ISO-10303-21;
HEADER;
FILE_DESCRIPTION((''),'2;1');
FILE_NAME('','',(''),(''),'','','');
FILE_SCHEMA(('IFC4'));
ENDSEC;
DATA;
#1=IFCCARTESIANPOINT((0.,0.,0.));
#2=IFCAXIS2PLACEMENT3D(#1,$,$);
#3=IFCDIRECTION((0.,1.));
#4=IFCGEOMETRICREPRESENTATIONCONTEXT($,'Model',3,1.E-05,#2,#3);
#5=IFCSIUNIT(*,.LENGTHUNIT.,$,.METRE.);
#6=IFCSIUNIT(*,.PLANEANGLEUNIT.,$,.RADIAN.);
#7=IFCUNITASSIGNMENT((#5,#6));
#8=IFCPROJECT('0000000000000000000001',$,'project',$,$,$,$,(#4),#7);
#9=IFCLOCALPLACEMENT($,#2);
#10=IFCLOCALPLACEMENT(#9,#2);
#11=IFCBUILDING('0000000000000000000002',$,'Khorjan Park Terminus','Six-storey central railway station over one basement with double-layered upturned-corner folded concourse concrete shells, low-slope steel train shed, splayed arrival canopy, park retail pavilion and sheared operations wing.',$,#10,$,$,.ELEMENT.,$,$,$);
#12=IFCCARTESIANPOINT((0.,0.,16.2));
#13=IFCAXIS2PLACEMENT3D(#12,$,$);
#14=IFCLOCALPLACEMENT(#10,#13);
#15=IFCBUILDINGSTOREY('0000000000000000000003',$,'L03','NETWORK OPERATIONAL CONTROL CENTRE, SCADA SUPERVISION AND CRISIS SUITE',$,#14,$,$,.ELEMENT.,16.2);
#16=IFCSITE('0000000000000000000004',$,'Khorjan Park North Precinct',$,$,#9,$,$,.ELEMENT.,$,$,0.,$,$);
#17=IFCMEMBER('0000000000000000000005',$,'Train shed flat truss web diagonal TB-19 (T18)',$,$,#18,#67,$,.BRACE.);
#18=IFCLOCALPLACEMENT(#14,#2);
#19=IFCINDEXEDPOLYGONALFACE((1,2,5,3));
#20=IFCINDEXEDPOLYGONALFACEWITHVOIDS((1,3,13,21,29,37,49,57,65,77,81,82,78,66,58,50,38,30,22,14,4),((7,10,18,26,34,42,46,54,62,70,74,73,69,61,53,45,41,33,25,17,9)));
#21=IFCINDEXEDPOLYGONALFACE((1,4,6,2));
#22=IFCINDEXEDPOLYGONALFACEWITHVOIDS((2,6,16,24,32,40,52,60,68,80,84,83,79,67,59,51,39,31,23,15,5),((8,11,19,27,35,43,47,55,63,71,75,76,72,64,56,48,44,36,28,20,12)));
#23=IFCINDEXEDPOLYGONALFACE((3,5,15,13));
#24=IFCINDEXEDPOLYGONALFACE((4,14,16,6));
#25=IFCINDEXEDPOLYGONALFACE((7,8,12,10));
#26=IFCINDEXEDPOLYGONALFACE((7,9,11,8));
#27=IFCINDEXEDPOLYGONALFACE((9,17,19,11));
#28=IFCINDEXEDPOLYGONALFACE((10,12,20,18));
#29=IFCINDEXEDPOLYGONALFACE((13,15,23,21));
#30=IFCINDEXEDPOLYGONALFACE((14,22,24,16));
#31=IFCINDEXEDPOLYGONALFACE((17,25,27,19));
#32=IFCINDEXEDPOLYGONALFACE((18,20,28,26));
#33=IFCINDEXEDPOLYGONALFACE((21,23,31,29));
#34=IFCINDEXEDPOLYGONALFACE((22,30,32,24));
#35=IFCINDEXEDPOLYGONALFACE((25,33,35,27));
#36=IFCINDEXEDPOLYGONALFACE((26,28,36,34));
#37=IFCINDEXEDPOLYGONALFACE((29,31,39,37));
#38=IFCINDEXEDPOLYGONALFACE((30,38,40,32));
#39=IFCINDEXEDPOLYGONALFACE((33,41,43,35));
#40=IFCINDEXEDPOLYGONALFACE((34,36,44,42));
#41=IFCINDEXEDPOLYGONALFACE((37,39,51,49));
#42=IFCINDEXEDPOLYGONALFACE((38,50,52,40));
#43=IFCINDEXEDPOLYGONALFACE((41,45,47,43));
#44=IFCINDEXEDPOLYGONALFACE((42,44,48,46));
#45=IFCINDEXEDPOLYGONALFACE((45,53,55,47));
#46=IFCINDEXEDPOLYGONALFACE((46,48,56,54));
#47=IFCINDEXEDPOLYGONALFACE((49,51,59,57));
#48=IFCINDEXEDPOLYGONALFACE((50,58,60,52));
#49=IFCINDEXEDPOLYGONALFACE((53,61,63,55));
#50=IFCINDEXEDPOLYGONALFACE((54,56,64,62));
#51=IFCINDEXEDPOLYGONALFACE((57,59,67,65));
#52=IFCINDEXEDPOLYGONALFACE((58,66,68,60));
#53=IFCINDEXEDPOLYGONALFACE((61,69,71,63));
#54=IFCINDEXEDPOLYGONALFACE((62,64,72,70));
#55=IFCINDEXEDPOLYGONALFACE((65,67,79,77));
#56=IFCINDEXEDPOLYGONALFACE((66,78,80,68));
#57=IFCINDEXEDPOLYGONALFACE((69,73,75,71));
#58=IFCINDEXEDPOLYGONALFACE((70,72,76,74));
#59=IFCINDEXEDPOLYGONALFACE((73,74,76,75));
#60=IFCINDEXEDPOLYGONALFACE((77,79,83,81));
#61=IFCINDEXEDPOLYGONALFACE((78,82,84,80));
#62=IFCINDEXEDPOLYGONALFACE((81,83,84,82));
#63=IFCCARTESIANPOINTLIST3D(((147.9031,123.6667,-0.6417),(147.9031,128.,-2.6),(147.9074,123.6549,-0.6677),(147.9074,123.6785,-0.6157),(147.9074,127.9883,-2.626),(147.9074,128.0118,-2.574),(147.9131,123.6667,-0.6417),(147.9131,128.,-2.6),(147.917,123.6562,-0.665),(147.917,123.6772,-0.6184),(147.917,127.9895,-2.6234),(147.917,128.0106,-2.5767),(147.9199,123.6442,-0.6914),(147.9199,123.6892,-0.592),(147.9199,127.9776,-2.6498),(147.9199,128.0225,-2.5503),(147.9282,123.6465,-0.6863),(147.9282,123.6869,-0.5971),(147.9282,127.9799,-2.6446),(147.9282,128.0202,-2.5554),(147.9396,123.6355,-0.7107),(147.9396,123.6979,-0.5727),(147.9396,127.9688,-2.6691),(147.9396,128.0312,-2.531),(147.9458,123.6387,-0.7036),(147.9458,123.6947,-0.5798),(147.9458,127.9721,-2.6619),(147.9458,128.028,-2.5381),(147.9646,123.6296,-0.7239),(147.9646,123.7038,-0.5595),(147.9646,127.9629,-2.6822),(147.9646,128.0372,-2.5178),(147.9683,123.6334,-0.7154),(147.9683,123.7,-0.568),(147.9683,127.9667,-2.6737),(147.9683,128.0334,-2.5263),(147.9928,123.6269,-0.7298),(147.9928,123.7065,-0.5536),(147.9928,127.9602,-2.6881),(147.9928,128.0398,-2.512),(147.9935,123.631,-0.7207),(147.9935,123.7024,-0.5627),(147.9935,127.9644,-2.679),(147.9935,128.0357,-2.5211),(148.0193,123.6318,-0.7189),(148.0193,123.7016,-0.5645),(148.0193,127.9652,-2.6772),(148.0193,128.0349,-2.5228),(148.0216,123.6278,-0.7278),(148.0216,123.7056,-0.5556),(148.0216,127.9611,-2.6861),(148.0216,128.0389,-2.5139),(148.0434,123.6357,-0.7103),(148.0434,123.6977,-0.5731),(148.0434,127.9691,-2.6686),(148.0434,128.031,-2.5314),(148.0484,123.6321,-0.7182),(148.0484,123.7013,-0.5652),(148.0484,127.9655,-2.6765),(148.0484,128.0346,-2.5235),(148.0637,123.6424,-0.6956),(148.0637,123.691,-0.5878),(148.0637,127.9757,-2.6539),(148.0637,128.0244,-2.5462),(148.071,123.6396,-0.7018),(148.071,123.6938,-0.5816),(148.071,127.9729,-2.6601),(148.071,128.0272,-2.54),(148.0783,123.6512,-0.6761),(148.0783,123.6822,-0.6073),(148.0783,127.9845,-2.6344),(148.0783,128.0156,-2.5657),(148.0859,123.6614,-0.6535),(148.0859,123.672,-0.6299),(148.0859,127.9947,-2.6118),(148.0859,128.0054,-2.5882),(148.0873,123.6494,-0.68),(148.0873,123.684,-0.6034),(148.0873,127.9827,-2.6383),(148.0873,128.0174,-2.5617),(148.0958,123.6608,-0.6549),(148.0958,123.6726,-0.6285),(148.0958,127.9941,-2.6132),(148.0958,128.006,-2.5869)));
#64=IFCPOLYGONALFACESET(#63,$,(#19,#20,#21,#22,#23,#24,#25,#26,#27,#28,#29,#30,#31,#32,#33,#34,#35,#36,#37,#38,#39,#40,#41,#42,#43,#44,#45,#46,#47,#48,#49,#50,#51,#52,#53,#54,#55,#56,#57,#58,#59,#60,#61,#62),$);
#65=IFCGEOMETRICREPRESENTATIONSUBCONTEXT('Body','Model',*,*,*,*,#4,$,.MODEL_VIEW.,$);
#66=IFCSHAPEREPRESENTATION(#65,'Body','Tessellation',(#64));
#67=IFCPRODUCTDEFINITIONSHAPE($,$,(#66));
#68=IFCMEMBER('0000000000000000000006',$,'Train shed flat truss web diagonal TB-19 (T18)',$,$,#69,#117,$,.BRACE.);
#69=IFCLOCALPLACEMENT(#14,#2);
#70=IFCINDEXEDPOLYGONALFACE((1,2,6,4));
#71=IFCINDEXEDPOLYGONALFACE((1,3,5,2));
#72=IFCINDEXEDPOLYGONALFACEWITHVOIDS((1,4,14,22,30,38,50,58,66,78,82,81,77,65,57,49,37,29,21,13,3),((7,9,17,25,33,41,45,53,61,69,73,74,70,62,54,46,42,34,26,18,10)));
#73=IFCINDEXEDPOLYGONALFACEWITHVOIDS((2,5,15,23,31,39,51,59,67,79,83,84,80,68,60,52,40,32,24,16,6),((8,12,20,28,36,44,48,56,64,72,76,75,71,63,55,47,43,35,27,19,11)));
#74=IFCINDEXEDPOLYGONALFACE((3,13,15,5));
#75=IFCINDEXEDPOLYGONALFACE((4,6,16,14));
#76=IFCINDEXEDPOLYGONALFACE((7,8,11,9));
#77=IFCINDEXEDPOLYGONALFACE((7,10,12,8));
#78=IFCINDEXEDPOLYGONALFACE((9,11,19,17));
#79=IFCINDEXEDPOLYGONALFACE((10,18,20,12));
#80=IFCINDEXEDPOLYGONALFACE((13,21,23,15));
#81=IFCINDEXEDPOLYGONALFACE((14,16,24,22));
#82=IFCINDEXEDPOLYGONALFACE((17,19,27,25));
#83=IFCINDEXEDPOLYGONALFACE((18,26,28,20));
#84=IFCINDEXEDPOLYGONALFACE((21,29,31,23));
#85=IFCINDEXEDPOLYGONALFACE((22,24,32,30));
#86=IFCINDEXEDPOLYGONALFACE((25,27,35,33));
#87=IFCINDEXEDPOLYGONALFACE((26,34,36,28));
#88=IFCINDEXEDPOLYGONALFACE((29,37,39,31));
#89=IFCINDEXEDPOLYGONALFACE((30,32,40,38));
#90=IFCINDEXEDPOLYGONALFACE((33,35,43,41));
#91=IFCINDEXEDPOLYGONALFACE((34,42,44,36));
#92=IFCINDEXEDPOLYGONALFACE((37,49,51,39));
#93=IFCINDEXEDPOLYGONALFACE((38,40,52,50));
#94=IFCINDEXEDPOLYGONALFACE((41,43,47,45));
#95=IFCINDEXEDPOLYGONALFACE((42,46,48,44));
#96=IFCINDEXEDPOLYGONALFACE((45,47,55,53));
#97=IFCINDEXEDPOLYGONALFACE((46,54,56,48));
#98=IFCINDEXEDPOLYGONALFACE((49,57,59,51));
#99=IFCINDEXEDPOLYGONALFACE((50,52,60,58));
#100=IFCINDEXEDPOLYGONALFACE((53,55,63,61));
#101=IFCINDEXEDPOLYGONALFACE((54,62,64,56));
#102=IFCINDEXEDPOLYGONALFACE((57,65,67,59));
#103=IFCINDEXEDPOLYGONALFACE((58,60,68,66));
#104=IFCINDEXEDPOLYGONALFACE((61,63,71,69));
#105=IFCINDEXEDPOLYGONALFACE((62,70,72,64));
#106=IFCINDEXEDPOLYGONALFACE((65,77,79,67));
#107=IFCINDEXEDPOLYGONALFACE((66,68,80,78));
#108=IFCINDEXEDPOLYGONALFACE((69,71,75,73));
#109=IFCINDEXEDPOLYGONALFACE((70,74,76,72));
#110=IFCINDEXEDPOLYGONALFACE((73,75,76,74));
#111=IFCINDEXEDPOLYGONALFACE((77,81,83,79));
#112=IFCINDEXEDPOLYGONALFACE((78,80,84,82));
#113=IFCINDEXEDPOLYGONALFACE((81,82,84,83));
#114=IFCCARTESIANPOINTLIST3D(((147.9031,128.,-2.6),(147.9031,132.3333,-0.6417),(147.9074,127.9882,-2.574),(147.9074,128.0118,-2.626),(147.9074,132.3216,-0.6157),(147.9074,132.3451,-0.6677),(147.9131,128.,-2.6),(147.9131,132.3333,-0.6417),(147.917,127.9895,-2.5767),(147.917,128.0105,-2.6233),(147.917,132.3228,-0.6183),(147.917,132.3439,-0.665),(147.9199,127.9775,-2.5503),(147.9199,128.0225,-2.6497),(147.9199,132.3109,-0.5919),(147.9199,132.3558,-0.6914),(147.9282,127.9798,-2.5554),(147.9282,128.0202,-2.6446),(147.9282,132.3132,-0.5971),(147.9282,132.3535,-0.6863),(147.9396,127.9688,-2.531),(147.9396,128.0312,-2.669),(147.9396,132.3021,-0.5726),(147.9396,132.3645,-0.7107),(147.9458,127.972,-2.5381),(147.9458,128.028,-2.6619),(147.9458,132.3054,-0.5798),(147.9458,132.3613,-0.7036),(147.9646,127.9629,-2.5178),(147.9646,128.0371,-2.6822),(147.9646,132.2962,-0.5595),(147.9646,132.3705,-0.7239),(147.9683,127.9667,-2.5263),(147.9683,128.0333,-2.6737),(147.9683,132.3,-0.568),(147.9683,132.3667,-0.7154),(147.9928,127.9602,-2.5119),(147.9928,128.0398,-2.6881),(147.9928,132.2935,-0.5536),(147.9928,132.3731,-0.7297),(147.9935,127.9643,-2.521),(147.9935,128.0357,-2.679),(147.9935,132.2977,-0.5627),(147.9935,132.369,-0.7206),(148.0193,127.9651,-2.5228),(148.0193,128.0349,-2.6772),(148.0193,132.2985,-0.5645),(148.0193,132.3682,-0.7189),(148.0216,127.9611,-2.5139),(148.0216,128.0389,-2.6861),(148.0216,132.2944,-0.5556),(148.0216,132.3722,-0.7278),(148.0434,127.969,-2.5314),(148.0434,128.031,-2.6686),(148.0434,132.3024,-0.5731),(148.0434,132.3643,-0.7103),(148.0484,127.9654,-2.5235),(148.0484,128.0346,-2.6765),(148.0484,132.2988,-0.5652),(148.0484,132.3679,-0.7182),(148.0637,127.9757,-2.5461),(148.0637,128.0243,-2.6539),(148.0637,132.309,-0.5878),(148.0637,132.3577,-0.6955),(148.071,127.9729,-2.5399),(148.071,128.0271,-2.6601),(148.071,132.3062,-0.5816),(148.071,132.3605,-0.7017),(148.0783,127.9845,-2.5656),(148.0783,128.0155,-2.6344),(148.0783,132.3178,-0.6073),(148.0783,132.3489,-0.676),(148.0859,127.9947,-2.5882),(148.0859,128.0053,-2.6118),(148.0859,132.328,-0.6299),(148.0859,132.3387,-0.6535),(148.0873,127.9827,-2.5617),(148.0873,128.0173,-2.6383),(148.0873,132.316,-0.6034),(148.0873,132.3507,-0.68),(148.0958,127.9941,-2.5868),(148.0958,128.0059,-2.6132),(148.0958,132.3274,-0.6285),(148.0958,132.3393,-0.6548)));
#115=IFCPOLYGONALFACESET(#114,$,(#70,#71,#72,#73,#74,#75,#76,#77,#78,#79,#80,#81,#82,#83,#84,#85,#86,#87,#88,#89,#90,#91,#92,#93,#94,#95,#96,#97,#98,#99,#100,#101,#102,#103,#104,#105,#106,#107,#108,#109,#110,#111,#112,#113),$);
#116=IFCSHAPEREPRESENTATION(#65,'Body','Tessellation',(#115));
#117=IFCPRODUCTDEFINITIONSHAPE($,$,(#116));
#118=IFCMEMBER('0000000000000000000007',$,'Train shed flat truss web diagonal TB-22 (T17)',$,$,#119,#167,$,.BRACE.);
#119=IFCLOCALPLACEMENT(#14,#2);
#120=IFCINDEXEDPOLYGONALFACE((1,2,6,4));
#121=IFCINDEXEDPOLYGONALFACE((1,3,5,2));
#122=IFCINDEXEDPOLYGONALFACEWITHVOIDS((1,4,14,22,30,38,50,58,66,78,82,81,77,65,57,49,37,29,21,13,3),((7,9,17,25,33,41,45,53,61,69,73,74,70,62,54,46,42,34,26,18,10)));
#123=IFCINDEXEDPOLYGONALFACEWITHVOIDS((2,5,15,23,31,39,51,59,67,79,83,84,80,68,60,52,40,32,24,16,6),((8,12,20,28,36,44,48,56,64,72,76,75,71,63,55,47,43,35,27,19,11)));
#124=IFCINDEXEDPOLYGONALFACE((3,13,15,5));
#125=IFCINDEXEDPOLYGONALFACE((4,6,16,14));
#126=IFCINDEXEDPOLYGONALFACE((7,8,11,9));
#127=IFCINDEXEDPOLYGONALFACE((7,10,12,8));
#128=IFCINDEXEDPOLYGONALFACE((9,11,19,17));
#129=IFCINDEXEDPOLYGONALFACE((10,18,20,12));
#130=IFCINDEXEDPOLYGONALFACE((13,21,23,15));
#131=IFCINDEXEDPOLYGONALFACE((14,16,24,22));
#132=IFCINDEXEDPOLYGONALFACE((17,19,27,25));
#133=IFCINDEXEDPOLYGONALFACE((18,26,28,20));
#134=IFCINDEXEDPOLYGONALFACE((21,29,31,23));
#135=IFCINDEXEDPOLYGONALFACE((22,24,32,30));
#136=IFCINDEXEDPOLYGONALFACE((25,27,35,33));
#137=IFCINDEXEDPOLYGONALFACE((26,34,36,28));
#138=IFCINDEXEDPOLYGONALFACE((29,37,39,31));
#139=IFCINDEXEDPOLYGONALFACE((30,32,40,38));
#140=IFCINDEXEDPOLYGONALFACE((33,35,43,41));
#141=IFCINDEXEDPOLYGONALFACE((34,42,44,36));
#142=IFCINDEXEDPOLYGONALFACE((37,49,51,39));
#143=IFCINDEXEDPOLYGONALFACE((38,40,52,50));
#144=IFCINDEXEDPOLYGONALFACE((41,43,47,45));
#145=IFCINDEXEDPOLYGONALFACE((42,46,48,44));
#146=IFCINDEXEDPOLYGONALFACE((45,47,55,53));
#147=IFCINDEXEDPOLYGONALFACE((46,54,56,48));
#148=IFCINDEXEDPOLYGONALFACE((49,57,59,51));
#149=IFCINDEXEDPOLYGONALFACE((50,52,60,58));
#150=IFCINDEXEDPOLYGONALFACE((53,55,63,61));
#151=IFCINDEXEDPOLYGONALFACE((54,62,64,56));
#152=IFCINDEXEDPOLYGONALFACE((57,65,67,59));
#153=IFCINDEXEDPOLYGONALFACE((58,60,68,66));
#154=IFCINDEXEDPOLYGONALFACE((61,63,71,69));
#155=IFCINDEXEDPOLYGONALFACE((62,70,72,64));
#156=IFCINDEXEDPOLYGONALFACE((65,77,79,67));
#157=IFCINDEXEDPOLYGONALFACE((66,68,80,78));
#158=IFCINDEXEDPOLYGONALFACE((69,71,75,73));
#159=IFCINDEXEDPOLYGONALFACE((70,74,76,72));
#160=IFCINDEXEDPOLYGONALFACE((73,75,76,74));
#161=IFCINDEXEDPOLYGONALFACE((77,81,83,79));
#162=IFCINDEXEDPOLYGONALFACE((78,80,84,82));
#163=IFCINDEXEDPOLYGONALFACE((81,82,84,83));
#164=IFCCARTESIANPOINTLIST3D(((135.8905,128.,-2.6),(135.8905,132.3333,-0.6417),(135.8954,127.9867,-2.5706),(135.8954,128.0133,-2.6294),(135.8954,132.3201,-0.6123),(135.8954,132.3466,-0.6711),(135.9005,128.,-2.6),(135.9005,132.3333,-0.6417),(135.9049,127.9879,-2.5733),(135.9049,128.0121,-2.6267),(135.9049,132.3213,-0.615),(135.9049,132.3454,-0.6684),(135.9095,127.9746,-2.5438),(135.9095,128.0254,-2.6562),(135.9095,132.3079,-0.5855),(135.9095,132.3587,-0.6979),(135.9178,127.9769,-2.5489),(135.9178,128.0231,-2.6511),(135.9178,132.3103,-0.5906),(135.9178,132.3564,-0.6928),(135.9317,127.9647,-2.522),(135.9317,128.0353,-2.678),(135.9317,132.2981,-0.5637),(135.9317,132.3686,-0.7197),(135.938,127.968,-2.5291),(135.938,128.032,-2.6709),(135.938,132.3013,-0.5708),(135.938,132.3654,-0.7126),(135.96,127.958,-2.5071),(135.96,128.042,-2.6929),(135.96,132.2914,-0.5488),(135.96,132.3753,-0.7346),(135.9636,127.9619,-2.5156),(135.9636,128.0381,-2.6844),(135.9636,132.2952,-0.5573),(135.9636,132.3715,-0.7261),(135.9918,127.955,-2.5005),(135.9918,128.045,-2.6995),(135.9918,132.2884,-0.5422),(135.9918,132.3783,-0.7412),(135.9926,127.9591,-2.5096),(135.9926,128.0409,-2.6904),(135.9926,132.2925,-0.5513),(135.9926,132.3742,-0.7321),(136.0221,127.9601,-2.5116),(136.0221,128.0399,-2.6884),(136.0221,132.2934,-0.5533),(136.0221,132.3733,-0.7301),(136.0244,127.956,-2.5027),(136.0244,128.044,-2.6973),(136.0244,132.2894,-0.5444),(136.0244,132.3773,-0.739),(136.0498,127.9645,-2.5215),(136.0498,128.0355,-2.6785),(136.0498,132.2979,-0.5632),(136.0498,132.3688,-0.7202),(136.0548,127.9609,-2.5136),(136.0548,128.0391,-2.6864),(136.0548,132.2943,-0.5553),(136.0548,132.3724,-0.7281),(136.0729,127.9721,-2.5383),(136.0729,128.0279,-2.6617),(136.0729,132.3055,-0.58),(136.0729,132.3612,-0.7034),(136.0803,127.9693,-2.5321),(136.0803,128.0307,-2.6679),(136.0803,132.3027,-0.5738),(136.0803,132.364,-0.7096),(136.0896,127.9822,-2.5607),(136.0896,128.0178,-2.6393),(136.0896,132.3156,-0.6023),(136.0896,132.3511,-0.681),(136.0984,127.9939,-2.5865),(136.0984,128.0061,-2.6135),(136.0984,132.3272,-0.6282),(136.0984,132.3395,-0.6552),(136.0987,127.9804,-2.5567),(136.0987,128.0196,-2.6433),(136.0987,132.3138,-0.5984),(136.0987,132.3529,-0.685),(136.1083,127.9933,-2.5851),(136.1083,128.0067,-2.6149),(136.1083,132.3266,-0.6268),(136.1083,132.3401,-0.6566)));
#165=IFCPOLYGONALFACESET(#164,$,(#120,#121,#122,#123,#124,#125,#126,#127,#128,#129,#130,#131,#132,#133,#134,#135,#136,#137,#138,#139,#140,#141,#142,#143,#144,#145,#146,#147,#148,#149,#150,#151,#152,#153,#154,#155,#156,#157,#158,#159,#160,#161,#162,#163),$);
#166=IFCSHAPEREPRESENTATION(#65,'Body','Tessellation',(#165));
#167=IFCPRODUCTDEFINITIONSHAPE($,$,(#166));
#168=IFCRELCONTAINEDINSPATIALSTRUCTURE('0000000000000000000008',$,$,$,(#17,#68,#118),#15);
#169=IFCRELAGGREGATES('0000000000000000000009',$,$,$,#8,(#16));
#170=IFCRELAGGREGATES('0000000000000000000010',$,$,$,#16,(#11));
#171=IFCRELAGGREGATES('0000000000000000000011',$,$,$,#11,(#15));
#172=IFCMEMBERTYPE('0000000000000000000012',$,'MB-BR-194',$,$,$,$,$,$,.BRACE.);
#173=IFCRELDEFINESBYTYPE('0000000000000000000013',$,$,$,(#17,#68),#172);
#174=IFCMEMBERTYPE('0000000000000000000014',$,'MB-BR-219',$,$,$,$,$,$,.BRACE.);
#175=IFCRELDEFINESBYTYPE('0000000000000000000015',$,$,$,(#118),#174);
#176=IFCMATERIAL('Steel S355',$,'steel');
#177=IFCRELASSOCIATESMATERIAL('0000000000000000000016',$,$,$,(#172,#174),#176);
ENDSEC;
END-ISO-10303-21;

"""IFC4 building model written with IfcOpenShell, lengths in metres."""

from ifc_helpers import new_model, si_unit, direction, frame, origin, origin_2d, place, context, subcontext, project, spatial, hollow_circle, extrude, material, material_profile, profile_set, type_object, element, save


model = new_model("IFC4")

# Units and contexts
model_context = context("Model", 3, precision=1e-05, world=origin(), true_north=direction((0.0, 1.0)))
body_context = subcontext(model_context, "Body", "Model", "MODEL_VIEW")
ifc_project = project(units=[si_unit("LENGTHUNIT", "METRE"), si_unit("PLANEANGLEUNIT", "RADIAN")], contexts=[model_context])

# Site, building, storey
site_placement = place(None, origin())
site = spatial("IfcSite", under=ifc_project, at=site_placement, Name="Khorjan Park North Precinct", CompositionType="ELEMENT", RefElevation=0.0)
building_placement = place(site_placement, origin())
building = spatial("IfcBuilding", under=site, at=building_placement, Name="Khorjan Park Terminus", Description="Six-storey central railway station over one basement with double-layered upturned-corner folded concourse concrete shells, low-slope steel train shed, splayed arrival canopy, park retail pavilion and sheared operations wing.", CompositionType="ELEMENT")
storey_placement = place(building_placement, frame((0.0, 0.0, 16.2)))
storey = spatial("IfcBuildingStorey", under=building, at=storey_placement, Name="L03", Description="NETWORK OPERATIONAL CONTROL CENTRE, SCADA SUPERVISION AND CRISIS SUITE", CompositionType="ELEMENT", Elevation=16.2)

# Members
ifc_material = material(Name="Steel S355", Category="steel")
ifc_material_profile_1 = material_profile(ifc_material, hollow_circle(Radius=0.0969, WallThickness=0.01, at=origin_2d()), Name="CHS 193.7x10")
ifc_profile_set_1 = profile_set([ifc_material_profile_1], Name="Steel S355")
member_type_1 = type_object("IfcMemberType", Name="MB-BR-194", PredefinedType="BRACE", material=ifc_profile_set_1)
for number, where, z_axis, x_axis, name in (
    (1, (148.0, 123.6667, -0.6417), (0.0, 0.911266, -0.411818), (-1.0, 0.0, 0.0), "Train shed flat truss web diagonal TB-19 (T18)"),
    (2, (148.0, 128.0, -2.6), (0.0, 0.911266, 0.411818), (-1.0, 0.0, 0.0), "Train shed flat truss web diagonal TB-19 (T18)"),
):
    element("IfcMember", number, at=place(storey_placement, frame(where, z_axis=z_axis, x_axis=x_axis)), inside=storey, type_object=member_type_1, Name=name, PredefinedType="BRACE", context=body_context, shape_type="SweptSolid", body=[
        extrude(hollow_circle(Radius=0.0969, WallThickness=0.01, at=origin_2d()), origin(), (0.0, 0.0, 1.0), 4.7553),
    ])
ifc_material_profile_2 = material_profile(ifc_material, hollow_circle(Radius=0.1095, WallThickness=0.01, at=origin_2d()), Name="CHS 219.1x10")
ifc_profile_set_2 = profile_set([ifc_material_profile_2], Name="Steel S355")
member_type_2 = type_object("IfcMemberType", Name="MB-BR-219", PredefinedType="BRACE", material=ifc_profile_set_2)
for number, where, z_axis, x_axis, name in (
    (3, (136.0, 128.0, -2.6), (0.0, 0.911266, 0.411818), (-1.0, 0.0, 0.0), "Train shed flat truss web diagonal TB-22 (T17)"),
):
    element("IfcMember", number, at=place(storey_placement, frame(where, z_axis=z_axis, x_axis=x_axis)), inside=storey, type_object=member_type_2, Name=name, PredefinedType="BRACE", context=body_context, shape_type="SweptSolid", body=[
        extrude(hollow_circle(Radius=0.1095, WallThickness=0.01, at=origin_2d()), origin(), (0.0, 0.0, 1.0), 4.7553),
    ])

save(model, "model.ifc")
